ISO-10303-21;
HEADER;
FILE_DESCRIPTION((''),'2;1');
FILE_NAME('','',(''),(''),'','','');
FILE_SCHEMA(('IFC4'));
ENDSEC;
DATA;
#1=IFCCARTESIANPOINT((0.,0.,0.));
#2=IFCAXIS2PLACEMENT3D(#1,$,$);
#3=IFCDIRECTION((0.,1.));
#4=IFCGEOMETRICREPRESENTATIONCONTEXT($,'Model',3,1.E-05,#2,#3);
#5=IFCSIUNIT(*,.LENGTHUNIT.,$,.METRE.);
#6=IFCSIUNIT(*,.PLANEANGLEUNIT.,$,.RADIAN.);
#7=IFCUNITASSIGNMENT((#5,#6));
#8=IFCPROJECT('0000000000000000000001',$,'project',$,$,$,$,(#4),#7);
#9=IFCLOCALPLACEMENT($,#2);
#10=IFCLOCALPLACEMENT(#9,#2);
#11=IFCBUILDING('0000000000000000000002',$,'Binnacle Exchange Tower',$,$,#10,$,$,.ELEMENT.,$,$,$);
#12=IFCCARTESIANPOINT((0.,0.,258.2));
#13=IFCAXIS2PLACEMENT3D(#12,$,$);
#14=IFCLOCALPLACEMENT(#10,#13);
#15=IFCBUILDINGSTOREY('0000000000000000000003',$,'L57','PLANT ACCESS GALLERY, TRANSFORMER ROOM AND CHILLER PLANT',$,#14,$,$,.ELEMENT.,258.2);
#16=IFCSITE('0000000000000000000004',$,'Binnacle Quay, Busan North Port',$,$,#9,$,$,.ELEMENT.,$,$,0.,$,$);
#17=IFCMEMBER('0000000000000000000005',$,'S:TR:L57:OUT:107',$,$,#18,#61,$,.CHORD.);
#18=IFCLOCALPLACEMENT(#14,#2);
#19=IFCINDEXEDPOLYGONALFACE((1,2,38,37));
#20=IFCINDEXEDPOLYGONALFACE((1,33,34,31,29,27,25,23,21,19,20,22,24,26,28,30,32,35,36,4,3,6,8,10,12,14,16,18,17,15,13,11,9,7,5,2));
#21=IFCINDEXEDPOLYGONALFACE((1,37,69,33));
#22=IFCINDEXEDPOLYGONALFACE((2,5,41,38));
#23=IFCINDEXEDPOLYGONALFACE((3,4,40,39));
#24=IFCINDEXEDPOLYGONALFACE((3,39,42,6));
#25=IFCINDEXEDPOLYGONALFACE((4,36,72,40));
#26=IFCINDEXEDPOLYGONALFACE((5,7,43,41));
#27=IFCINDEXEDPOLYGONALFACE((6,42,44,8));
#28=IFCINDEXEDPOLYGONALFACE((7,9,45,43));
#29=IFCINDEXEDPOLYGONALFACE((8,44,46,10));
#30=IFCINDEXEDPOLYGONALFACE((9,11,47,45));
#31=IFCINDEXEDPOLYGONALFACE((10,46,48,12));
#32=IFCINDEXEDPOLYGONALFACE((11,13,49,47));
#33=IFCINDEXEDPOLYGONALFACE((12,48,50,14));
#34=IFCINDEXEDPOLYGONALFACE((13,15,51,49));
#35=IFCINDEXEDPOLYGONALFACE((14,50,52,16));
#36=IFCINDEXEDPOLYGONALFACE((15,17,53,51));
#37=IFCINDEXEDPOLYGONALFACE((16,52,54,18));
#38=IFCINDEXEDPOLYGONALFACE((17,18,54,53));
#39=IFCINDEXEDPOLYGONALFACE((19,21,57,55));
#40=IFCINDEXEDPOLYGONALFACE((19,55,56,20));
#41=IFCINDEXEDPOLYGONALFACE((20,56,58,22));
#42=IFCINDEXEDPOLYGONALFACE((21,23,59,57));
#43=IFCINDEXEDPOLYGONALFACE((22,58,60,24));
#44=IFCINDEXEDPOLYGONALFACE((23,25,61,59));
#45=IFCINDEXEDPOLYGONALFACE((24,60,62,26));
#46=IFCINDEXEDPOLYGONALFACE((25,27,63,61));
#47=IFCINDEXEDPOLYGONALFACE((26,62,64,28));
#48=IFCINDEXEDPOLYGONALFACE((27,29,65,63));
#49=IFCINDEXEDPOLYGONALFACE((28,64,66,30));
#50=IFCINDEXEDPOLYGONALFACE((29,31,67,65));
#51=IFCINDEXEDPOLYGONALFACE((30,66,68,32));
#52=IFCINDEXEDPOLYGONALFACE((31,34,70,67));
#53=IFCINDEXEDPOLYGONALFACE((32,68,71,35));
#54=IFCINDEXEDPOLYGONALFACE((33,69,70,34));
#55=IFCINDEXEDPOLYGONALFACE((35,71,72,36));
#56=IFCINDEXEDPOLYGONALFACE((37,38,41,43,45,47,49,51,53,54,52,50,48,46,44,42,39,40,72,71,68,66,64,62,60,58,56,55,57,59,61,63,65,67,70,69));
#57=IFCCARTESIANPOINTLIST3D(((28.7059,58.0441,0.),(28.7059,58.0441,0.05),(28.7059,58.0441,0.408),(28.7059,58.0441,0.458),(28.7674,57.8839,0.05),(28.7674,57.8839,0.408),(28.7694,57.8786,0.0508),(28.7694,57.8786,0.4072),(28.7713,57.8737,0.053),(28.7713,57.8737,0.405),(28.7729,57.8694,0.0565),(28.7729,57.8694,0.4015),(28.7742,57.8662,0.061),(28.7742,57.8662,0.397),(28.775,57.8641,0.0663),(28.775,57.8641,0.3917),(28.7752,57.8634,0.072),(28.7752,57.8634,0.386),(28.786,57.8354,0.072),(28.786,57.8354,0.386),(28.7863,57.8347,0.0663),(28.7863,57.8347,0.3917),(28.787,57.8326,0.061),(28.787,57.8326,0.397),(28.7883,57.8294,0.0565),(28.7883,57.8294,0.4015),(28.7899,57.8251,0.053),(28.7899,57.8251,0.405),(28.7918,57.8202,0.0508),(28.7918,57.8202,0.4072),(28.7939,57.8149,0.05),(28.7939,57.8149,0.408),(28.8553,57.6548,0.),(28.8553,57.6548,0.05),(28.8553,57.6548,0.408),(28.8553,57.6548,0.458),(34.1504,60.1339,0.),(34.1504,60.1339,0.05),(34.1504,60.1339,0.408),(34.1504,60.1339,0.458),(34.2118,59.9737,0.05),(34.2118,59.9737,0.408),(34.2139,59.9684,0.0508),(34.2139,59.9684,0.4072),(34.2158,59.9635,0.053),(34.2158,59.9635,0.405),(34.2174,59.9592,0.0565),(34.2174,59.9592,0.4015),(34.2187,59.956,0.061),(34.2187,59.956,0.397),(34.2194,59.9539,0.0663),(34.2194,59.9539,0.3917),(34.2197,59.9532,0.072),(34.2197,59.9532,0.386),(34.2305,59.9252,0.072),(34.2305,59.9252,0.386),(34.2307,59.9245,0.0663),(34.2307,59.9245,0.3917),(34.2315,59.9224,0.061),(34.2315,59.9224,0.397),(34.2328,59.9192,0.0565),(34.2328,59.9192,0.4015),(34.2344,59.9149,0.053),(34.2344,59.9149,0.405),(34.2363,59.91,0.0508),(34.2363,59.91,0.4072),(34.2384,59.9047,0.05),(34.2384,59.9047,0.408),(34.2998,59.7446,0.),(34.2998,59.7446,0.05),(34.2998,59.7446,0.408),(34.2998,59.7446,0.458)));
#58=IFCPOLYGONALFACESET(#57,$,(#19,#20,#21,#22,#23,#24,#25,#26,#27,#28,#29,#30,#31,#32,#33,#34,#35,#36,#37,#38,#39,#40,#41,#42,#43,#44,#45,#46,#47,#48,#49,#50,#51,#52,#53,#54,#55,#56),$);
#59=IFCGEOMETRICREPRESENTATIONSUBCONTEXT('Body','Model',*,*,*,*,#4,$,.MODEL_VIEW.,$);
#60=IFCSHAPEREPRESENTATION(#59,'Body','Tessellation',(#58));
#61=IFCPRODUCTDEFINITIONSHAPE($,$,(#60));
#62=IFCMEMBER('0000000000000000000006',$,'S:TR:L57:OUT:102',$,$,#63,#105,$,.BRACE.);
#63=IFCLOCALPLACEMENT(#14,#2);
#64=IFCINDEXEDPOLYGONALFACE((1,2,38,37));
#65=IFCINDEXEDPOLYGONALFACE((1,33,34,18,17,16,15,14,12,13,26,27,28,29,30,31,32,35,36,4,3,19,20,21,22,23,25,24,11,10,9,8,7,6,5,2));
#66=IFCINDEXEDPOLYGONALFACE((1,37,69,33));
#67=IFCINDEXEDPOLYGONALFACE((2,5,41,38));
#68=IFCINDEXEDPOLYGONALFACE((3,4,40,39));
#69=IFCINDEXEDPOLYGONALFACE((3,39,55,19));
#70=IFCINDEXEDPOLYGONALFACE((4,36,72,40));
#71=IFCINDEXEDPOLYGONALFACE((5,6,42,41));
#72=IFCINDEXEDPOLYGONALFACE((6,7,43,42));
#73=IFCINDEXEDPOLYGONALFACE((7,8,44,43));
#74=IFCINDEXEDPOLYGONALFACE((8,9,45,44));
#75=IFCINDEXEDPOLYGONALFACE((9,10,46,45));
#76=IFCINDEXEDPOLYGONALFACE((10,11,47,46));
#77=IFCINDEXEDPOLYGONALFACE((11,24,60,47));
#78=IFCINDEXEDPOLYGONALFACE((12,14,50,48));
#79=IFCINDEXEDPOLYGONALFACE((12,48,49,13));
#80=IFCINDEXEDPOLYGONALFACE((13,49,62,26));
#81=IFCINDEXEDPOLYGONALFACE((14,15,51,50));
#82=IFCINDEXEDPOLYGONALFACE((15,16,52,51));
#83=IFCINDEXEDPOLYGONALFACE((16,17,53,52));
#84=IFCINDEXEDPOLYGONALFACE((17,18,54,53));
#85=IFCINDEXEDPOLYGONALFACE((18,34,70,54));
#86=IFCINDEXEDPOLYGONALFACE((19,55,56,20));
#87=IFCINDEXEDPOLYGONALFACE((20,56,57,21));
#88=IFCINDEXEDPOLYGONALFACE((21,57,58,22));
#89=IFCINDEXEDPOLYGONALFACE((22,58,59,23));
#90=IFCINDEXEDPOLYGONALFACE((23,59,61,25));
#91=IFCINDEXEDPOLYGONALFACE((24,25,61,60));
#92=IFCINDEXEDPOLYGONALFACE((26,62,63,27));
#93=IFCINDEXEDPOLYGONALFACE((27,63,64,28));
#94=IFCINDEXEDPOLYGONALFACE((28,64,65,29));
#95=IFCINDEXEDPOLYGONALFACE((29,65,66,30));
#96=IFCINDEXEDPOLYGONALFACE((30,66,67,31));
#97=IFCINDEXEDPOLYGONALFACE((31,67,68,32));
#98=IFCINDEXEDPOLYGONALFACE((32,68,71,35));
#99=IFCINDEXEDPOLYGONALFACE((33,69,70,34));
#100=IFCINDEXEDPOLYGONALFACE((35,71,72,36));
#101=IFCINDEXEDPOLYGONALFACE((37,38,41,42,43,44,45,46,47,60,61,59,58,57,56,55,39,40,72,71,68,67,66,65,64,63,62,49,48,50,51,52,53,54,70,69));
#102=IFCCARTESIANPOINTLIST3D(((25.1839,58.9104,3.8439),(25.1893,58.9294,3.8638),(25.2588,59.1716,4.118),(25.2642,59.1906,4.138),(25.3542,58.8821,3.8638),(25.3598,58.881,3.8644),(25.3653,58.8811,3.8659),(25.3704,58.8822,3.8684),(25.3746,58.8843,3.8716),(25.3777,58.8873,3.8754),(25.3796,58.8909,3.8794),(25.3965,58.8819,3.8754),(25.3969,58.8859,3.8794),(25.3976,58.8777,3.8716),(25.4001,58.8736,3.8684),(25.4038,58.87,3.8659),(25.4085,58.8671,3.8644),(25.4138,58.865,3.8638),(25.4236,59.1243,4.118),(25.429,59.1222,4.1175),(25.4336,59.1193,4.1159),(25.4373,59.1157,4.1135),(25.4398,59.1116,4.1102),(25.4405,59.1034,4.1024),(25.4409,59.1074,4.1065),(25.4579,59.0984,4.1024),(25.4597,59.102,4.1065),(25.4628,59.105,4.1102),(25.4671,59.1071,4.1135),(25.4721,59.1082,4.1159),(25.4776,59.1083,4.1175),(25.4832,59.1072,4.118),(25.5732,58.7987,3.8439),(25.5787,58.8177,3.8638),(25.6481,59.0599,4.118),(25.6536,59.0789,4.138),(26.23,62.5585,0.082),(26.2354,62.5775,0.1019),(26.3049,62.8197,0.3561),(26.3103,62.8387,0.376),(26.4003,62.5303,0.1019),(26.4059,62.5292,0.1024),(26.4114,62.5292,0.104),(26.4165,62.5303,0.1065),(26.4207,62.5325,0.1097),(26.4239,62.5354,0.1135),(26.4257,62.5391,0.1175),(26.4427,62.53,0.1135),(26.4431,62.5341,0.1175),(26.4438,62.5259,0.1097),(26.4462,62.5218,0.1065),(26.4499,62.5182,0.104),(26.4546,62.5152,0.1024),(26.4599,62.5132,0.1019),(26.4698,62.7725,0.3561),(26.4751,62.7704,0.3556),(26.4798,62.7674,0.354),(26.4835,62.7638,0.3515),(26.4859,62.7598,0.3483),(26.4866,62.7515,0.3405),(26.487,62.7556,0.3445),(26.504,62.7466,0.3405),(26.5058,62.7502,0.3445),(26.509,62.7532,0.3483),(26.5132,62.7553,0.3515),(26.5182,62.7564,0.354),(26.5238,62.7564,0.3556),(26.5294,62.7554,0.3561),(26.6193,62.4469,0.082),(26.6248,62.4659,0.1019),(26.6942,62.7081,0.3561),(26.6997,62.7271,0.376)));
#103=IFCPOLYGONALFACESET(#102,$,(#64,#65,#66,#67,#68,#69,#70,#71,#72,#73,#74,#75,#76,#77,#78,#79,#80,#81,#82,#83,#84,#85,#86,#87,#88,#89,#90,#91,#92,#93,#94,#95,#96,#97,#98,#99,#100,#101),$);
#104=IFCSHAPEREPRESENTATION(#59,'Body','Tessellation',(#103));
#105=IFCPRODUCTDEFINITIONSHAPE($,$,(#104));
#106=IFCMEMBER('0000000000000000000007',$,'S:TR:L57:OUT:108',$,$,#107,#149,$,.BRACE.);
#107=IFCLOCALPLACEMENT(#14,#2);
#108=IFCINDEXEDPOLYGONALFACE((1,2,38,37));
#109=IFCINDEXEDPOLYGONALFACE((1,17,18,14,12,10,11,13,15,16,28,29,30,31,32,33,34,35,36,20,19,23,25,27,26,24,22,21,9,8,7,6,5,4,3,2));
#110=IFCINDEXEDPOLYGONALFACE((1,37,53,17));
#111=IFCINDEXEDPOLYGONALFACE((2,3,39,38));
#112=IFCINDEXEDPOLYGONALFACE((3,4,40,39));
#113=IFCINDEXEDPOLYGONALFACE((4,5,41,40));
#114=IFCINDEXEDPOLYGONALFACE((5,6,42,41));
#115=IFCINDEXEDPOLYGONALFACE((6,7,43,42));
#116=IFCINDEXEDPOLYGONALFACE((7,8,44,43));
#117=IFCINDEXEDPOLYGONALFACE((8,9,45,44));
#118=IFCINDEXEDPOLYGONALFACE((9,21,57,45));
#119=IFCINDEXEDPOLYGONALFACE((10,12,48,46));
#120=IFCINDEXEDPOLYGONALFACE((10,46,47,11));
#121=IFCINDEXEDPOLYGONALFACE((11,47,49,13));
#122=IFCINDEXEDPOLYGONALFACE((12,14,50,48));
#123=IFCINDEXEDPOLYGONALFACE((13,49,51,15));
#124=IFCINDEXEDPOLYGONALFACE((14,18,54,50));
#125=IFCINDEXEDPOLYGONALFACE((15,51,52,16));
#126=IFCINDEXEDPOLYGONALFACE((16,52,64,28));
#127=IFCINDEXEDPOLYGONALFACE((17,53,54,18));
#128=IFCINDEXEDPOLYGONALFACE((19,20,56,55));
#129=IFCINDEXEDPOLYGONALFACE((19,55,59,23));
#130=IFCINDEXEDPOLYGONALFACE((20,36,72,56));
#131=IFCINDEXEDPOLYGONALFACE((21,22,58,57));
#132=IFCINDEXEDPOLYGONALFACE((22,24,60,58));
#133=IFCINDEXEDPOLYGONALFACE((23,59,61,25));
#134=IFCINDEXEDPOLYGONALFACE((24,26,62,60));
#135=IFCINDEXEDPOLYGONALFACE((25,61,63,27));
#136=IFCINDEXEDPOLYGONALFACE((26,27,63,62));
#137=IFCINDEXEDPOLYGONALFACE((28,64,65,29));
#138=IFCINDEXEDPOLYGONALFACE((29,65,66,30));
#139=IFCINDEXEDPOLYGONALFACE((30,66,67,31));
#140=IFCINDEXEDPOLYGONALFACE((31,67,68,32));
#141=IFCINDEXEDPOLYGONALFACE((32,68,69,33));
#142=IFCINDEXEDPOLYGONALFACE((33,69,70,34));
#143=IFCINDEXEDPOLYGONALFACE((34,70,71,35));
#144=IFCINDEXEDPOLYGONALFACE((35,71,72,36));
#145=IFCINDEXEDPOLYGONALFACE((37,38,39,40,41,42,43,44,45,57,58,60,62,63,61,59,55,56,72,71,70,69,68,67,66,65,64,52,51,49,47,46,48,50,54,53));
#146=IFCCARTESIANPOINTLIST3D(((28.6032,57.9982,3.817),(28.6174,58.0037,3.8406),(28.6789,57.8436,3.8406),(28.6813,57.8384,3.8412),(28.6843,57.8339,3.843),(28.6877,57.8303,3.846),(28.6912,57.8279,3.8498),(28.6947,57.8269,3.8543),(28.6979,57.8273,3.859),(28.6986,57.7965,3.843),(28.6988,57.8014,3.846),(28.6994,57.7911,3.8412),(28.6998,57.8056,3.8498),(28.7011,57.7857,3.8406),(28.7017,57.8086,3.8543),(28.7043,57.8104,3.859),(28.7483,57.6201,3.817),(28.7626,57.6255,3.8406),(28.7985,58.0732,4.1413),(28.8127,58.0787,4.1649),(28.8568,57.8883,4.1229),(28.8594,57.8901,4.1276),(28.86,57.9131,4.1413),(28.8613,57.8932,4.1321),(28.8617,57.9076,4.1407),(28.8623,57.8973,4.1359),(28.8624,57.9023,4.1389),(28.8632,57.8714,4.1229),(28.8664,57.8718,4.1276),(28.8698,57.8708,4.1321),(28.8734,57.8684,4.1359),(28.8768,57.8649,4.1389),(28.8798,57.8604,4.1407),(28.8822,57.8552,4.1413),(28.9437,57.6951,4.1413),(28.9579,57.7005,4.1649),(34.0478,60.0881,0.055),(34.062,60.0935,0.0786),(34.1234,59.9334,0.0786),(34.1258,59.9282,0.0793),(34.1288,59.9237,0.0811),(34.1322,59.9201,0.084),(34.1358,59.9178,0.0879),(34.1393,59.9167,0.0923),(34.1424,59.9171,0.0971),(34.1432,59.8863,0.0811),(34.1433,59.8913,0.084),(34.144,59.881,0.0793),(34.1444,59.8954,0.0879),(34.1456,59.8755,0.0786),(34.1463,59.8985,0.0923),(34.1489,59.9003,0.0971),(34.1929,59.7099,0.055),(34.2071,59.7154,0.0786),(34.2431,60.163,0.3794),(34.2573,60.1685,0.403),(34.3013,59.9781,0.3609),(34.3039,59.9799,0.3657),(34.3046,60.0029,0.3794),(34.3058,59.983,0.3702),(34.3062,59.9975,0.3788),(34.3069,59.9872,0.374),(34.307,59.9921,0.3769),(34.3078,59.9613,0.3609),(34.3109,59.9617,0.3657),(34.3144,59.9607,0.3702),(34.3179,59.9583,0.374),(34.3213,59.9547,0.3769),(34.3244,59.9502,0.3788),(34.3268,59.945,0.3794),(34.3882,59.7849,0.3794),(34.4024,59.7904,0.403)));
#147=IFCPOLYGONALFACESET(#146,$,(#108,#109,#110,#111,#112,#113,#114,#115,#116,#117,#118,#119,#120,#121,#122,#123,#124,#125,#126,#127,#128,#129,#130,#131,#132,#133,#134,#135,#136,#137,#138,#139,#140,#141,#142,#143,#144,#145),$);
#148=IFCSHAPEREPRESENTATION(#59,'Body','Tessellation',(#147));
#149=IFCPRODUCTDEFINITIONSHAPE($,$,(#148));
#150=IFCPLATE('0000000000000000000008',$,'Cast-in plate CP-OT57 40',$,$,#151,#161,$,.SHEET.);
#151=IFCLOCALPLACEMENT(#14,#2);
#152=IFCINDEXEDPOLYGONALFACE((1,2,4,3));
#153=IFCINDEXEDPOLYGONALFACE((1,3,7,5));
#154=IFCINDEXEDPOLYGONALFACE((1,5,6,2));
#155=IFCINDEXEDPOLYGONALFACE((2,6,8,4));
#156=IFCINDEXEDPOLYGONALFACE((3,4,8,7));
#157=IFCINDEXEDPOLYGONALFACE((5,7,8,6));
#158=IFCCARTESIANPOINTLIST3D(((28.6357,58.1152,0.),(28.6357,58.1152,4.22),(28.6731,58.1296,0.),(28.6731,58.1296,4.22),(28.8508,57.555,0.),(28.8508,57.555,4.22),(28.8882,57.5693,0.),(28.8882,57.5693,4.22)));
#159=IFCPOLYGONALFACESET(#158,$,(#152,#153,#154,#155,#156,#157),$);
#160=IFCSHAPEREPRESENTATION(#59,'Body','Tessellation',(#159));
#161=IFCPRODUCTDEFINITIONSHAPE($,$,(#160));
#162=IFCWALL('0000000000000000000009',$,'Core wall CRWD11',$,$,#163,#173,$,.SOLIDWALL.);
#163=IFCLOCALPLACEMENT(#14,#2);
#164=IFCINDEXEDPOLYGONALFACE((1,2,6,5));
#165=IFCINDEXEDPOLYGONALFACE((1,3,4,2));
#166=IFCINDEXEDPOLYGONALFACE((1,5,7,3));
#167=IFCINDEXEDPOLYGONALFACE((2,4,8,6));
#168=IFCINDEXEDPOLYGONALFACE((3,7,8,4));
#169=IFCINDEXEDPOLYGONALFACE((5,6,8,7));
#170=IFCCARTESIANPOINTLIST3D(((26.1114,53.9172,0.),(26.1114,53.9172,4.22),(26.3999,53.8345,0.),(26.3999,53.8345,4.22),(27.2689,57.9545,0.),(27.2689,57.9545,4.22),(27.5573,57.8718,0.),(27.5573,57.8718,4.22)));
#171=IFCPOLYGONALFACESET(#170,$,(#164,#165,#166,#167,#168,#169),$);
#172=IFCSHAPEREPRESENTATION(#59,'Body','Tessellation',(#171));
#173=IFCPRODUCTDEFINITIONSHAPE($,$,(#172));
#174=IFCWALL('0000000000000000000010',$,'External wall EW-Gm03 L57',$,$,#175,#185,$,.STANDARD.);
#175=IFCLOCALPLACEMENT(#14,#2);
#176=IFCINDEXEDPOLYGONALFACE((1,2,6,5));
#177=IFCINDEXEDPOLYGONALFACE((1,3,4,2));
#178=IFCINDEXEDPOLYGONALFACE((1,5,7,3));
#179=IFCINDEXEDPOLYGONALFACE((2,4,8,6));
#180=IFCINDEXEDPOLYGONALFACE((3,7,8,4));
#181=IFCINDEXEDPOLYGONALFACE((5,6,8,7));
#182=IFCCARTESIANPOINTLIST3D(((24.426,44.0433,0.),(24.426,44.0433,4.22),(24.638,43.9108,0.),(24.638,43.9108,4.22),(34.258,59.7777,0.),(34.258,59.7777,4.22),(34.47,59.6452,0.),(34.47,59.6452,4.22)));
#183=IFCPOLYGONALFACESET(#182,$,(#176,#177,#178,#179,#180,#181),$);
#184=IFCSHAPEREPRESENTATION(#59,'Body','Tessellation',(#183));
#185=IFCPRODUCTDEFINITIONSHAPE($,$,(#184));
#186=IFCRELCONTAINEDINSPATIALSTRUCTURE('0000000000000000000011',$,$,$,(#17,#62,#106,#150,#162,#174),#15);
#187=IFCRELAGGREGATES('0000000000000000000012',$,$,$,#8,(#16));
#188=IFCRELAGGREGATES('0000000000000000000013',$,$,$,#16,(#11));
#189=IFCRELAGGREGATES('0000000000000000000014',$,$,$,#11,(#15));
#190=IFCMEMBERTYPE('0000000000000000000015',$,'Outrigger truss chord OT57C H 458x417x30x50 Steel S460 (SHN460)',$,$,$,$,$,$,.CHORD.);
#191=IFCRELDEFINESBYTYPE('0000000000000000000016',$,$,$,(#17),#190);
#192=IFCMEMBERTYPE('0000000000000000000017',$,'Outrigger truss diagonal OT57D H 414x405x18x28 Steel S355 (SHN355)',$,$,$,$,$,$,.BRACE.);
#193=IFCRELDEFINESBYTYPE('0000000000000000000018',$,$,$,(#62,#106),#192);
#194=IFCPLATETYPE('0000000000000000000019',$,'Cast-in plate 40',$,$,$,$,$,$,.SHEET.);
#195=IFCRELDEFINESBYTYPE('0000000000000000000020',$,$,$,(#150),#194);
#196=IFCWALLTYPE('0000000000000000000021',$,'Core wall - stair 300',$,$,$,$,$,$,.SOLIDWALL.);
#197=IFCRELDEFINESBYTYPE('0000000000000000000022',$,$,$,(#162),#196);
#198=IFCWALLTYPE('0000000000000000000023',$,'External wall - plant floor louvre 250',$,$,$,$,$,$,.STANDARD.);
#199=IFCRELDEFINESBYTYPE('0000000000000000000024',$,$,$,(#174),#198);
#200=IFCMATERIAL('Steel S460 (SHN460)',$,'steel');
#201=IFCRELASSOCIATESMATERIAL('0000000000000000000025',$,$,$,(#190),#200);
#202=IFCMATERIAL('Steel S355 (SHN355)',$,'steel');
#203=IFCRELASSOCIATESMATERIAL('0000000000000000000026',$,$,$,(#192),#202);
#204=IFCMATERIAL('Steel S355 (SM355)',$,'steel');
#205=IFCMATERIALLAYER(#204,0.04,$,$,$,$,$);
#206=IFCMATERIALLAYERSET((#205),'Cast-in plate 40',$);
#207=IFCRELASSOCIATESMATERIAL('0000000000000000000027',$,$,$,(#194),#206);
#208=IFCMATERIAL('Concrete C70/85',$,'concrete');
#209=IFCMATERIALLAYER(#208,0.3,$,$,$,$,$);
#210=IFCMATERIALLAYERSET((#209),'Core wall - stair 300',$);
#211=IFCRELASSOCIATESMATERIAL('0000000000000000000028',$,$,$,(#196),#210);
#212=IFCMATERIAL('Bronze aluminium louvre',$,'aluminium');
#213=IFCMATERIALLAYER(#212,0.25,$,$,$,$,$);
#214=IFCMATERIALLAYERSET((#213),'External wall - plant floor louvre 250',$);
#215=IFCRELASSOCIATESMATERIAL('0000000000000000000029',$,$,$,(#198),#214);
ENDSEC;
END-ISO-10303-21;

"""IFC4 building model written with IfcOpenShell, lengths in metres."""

from ifc_helpers import new_model, si_unit, direction, frame, frame_2d, origin, origin_2d, place, context, subcontext, project, spatial, rectangle, i_section, extrude, material, layer, layer_set, material_profile, profile_set, type_object, element, save


model = new_model("IFC4")

# Units and contexts
model_context = context("Model", 3, precision=1e-05, world=origin(), true_north=direction((0.0, 1.0)))
body_context = subcontext(model_context, "Body", "Model", "MODEL_VIEW")
ifc_project = project(units=[si_unit("LENGTHUNIT", "METRE"), si_unit("PLANEANGLEUNIT", "RADIAN")], contexts=[model_context])

# Site, building, storey
site_placement = place(None, origin())
site = spatial("IfcSite", under=ifc_project, at=site_placement, Name="Binnacle Quay, Busan North Port", CompositionType="ELEMENT", RefElevation=0.0)
building_placement = place(site_placement, origin())
building = spatial("IfcBuilding", under=site, at=building_placement, Name="Binnacle Exchange Tower", CompositionType="ELEMENT")
storey_placement = place(building_placement, frame((0.0, 0.0, 258.2)))
storey = spatial("IfcBuildingStorey", under=building, at=storey_placement, Name="L57", Description="PLANT ACCESS GALLERY, TRANSFORMER ROOM AND CHILLER PLANT", CompositionType="ELEMENT", Elevation=258.2)

# Shared definitions
ifc_material_1 = material(Name="Steel S355 (SHN355)", Category="steel")

# Members
ifc_material_2 = material(Name="Steel S460 (SHN460)", Category="steel")
ifc_material_profile_1 = material_profile(ifc_material_2, i_section(OverallWidth=0.417, OverallDepth=0.458, WebThickness=0.03, FlangeThickness=0.05, FilletRadius=0.022, at=origin_2d()), Name="H 458x417x30x50")
ifc_profile_set_1 = profile_set([ifc_material_profile_1], Name="Steel S460 (SHN460)")
member_type_1 = type_object("IfcMemberType", Name="Outrigger truss chord OT57C H 458x417x30x50 Steel S460 (SHN460)", PredefinedType="CHORD", material=ifc_profile_set_1)
for number, where, z_axis, x_axis, name in (
    (1, (34.2251, 59.9392, 0.229), (-0.933588, -0.358348, 0.0), (0.358348, -0.933588, 0.0), "S:TR:L57:OUT:107"),
):
    element("IfcMember", number, at=place(storey_placement, frame(where, z_axis=z_axis, x_axis=x_axis)), inside=storey, type_object=member_type_1, Name=name, PredefinedType="CHORD", context=body_context, shape_type="SweptSolid", body=[
        extrude(i_section(OverallWidth=0.417, OverallDepth=0.458, WebThickness=0.03, FlangeThickness=0.05, FilletRadius=0.022, at=origin_2d()), origin(), (0.0, 0.0, 1.0), 5.8318),
    ])
ifc_material_profile_2 = material_profile(ifc_material_1, i_section(OverallWidth=0.405, OverallDepth=0.4141, WebThickness=0.0181, FlangeThickness=0.0281, FilletRadius=0.022, at=origin_2d()), Name="H 414x405x18x28")
ifc_profile_set_2 = profile_set([ifc_material_profile_2], Name="Steel S355 (SHN355)")
member_type_2 = type_object("IfcMemberType", Name="Outrigger truss diagonal OT57D H 414x405x18x28 Steel S355 (SHN355)", PredefinedType="BRACE", material=ifc_profile_set_2)
member_1_placement = place(storey_placement, frame((26.4648, 62.6428, 0.229), z_axis=(-0.195768, -0.682698, 0.703988), x_axis=(0.961259, -0.275647, 0.0)))
element("IfcMember", 2, at=member_1_placement, inside=storey, type_object=member_type_2, Name="S:TR:L57:OUT:102", PredefinedType="BRACE", context=body_context, shape_type="SweptSolid", body=[
    extrude(i_section(OverallWidth=0.405, OverallDepth=0.4141, WebThickness=0.0181, FlangeThickness=0.0281, FilletRadius=0.022, at=origin_2d()), origin(), (0.0, 0.0, 1.0), 5.3438),
])
member_2_placement = place(storey_placement, frame((34.2251, 59.9392, 0.229), z_axis=(-0.784524, -0.301131, 0.542071), x_axis=(0.358348, -0.933588, 0.0)))
element("IfcMember", 3, at=member_2_placement, inside=storey, type_object=member_type_2, Name="S:TR:L57:OUT:108", PredefinedType="BRACE", context=body_context, shape_type="SweptSolid", body=[
    extrude(i_section(OverallWidth=0.405, OverallDepth=0.4141, WebThickness=0.0181, FlangeThickness=0.0281, FilletRadius=0.022, at=origin_2d()), origin(), (0.0, 0.0, 1.0), 6.9399),
])

# Plate
ifc_material_3 = material(Name="Steel S355 (SM355)", Category="steel")
ifc_layer_1 = layer(ifc_material_3, 0.04)
ifc_layer_set_1 = layer_set([ifc_layer_1], Name="Cast-in plate 40")
plate_type = type_object("IfcPlateType", Name="Cast-in plate 40", PredefinedType="SHEET", material=ifc_layer_set_1)
plate_placement = place(storey_placement, frame((28.762, 57.8423, 0.0), z_axis=(0.0, 0.0, 1.0), x_axis=(-0.93358, -0.358368, 0.0)))
element("IfcPlate", 4, at=plate_placement, inside=storey, type_object=plate_type, Name="Cast-in plate CP-OT57 40", PredefinedType="SHEET", context=body_context, shape_type="SweptSolid", body=[
    extrude(rectangle(XDim=0.04, YDim=0.6001, at=origin_2d()), origin(), (0.0, 0.0, 1.0), 4.22),
])

# Walls
ifc_material_4 = material(Name="Concrete C70/85", Category="concrete")
ifc_layer_2 = layer(ifc_material_4, 0.3)
ifc_layer_set_2 = layer_set([ifc_layer_2], Name="Core wall - stair 300")
wall_type_1 = type_object("IfcWallType", Name="Core wall - stair 300", PredefinedType="SOLIDWALL", material=ifc_layer_set_2)
wall_1_placement = place(storey_placement, frame((26.2556, 53.8757, 0.0), z_axis=(0.0, 0.0, 1.0), x_axis=(0.275589, 0.961276, 0.0)))
element("IfcWall", 5, at=wall_1_placement, inside=storey, type_object=wall_type_1, Name="Core wall CRWD11", PredefinedType="SOLIDWALL", context=body_context, shape_type="SweptSolid", body=[
    extrude(rectangle(XDim=4.2, YDim=0.3, at=frame_2d((2.1001, 0.0))), origin(), (0.0, 0.0, 1.0), 4.22),
])
ifc_material_5 = material(Name="Bronze aluminium louvre", Category="aluminium")
ifc_layer_3 = layer(ifc_material_5, 0.25)
ifc_layer_set_3 = layer_set([ifc_layer_3], Name="External wall - plant floor louvre 250")
wall_type_2 = type_object("IfcWallType", Name="External wall - plant floor louvre 250", PredefinedType="STANDARD", material=ifc_layer_set_3)
wall_2_placement = place(storey_placement, frame((34.364, 59.7114, 0.0), z_axis=(0.0, 0.0, 1.0), x_axis=(-0.529923, -0.848046, 0.0)))
element("IfcWall", 6, at=wall_2_placement, inside=storey, type_object=wall_type_2, Name="External wall EW-Gm03 L57", PredefinedType="STANDARD", context=body_context, shape_type="SweptSolid", body=[
    extrude(rectangle(XDim=18.5537, YDim=0.25, at=frame_2d((9.2769, 0.0))), origin(), (0.0, 0.0, 1.0), 4.22),
])

save(model, "model.ifc")
